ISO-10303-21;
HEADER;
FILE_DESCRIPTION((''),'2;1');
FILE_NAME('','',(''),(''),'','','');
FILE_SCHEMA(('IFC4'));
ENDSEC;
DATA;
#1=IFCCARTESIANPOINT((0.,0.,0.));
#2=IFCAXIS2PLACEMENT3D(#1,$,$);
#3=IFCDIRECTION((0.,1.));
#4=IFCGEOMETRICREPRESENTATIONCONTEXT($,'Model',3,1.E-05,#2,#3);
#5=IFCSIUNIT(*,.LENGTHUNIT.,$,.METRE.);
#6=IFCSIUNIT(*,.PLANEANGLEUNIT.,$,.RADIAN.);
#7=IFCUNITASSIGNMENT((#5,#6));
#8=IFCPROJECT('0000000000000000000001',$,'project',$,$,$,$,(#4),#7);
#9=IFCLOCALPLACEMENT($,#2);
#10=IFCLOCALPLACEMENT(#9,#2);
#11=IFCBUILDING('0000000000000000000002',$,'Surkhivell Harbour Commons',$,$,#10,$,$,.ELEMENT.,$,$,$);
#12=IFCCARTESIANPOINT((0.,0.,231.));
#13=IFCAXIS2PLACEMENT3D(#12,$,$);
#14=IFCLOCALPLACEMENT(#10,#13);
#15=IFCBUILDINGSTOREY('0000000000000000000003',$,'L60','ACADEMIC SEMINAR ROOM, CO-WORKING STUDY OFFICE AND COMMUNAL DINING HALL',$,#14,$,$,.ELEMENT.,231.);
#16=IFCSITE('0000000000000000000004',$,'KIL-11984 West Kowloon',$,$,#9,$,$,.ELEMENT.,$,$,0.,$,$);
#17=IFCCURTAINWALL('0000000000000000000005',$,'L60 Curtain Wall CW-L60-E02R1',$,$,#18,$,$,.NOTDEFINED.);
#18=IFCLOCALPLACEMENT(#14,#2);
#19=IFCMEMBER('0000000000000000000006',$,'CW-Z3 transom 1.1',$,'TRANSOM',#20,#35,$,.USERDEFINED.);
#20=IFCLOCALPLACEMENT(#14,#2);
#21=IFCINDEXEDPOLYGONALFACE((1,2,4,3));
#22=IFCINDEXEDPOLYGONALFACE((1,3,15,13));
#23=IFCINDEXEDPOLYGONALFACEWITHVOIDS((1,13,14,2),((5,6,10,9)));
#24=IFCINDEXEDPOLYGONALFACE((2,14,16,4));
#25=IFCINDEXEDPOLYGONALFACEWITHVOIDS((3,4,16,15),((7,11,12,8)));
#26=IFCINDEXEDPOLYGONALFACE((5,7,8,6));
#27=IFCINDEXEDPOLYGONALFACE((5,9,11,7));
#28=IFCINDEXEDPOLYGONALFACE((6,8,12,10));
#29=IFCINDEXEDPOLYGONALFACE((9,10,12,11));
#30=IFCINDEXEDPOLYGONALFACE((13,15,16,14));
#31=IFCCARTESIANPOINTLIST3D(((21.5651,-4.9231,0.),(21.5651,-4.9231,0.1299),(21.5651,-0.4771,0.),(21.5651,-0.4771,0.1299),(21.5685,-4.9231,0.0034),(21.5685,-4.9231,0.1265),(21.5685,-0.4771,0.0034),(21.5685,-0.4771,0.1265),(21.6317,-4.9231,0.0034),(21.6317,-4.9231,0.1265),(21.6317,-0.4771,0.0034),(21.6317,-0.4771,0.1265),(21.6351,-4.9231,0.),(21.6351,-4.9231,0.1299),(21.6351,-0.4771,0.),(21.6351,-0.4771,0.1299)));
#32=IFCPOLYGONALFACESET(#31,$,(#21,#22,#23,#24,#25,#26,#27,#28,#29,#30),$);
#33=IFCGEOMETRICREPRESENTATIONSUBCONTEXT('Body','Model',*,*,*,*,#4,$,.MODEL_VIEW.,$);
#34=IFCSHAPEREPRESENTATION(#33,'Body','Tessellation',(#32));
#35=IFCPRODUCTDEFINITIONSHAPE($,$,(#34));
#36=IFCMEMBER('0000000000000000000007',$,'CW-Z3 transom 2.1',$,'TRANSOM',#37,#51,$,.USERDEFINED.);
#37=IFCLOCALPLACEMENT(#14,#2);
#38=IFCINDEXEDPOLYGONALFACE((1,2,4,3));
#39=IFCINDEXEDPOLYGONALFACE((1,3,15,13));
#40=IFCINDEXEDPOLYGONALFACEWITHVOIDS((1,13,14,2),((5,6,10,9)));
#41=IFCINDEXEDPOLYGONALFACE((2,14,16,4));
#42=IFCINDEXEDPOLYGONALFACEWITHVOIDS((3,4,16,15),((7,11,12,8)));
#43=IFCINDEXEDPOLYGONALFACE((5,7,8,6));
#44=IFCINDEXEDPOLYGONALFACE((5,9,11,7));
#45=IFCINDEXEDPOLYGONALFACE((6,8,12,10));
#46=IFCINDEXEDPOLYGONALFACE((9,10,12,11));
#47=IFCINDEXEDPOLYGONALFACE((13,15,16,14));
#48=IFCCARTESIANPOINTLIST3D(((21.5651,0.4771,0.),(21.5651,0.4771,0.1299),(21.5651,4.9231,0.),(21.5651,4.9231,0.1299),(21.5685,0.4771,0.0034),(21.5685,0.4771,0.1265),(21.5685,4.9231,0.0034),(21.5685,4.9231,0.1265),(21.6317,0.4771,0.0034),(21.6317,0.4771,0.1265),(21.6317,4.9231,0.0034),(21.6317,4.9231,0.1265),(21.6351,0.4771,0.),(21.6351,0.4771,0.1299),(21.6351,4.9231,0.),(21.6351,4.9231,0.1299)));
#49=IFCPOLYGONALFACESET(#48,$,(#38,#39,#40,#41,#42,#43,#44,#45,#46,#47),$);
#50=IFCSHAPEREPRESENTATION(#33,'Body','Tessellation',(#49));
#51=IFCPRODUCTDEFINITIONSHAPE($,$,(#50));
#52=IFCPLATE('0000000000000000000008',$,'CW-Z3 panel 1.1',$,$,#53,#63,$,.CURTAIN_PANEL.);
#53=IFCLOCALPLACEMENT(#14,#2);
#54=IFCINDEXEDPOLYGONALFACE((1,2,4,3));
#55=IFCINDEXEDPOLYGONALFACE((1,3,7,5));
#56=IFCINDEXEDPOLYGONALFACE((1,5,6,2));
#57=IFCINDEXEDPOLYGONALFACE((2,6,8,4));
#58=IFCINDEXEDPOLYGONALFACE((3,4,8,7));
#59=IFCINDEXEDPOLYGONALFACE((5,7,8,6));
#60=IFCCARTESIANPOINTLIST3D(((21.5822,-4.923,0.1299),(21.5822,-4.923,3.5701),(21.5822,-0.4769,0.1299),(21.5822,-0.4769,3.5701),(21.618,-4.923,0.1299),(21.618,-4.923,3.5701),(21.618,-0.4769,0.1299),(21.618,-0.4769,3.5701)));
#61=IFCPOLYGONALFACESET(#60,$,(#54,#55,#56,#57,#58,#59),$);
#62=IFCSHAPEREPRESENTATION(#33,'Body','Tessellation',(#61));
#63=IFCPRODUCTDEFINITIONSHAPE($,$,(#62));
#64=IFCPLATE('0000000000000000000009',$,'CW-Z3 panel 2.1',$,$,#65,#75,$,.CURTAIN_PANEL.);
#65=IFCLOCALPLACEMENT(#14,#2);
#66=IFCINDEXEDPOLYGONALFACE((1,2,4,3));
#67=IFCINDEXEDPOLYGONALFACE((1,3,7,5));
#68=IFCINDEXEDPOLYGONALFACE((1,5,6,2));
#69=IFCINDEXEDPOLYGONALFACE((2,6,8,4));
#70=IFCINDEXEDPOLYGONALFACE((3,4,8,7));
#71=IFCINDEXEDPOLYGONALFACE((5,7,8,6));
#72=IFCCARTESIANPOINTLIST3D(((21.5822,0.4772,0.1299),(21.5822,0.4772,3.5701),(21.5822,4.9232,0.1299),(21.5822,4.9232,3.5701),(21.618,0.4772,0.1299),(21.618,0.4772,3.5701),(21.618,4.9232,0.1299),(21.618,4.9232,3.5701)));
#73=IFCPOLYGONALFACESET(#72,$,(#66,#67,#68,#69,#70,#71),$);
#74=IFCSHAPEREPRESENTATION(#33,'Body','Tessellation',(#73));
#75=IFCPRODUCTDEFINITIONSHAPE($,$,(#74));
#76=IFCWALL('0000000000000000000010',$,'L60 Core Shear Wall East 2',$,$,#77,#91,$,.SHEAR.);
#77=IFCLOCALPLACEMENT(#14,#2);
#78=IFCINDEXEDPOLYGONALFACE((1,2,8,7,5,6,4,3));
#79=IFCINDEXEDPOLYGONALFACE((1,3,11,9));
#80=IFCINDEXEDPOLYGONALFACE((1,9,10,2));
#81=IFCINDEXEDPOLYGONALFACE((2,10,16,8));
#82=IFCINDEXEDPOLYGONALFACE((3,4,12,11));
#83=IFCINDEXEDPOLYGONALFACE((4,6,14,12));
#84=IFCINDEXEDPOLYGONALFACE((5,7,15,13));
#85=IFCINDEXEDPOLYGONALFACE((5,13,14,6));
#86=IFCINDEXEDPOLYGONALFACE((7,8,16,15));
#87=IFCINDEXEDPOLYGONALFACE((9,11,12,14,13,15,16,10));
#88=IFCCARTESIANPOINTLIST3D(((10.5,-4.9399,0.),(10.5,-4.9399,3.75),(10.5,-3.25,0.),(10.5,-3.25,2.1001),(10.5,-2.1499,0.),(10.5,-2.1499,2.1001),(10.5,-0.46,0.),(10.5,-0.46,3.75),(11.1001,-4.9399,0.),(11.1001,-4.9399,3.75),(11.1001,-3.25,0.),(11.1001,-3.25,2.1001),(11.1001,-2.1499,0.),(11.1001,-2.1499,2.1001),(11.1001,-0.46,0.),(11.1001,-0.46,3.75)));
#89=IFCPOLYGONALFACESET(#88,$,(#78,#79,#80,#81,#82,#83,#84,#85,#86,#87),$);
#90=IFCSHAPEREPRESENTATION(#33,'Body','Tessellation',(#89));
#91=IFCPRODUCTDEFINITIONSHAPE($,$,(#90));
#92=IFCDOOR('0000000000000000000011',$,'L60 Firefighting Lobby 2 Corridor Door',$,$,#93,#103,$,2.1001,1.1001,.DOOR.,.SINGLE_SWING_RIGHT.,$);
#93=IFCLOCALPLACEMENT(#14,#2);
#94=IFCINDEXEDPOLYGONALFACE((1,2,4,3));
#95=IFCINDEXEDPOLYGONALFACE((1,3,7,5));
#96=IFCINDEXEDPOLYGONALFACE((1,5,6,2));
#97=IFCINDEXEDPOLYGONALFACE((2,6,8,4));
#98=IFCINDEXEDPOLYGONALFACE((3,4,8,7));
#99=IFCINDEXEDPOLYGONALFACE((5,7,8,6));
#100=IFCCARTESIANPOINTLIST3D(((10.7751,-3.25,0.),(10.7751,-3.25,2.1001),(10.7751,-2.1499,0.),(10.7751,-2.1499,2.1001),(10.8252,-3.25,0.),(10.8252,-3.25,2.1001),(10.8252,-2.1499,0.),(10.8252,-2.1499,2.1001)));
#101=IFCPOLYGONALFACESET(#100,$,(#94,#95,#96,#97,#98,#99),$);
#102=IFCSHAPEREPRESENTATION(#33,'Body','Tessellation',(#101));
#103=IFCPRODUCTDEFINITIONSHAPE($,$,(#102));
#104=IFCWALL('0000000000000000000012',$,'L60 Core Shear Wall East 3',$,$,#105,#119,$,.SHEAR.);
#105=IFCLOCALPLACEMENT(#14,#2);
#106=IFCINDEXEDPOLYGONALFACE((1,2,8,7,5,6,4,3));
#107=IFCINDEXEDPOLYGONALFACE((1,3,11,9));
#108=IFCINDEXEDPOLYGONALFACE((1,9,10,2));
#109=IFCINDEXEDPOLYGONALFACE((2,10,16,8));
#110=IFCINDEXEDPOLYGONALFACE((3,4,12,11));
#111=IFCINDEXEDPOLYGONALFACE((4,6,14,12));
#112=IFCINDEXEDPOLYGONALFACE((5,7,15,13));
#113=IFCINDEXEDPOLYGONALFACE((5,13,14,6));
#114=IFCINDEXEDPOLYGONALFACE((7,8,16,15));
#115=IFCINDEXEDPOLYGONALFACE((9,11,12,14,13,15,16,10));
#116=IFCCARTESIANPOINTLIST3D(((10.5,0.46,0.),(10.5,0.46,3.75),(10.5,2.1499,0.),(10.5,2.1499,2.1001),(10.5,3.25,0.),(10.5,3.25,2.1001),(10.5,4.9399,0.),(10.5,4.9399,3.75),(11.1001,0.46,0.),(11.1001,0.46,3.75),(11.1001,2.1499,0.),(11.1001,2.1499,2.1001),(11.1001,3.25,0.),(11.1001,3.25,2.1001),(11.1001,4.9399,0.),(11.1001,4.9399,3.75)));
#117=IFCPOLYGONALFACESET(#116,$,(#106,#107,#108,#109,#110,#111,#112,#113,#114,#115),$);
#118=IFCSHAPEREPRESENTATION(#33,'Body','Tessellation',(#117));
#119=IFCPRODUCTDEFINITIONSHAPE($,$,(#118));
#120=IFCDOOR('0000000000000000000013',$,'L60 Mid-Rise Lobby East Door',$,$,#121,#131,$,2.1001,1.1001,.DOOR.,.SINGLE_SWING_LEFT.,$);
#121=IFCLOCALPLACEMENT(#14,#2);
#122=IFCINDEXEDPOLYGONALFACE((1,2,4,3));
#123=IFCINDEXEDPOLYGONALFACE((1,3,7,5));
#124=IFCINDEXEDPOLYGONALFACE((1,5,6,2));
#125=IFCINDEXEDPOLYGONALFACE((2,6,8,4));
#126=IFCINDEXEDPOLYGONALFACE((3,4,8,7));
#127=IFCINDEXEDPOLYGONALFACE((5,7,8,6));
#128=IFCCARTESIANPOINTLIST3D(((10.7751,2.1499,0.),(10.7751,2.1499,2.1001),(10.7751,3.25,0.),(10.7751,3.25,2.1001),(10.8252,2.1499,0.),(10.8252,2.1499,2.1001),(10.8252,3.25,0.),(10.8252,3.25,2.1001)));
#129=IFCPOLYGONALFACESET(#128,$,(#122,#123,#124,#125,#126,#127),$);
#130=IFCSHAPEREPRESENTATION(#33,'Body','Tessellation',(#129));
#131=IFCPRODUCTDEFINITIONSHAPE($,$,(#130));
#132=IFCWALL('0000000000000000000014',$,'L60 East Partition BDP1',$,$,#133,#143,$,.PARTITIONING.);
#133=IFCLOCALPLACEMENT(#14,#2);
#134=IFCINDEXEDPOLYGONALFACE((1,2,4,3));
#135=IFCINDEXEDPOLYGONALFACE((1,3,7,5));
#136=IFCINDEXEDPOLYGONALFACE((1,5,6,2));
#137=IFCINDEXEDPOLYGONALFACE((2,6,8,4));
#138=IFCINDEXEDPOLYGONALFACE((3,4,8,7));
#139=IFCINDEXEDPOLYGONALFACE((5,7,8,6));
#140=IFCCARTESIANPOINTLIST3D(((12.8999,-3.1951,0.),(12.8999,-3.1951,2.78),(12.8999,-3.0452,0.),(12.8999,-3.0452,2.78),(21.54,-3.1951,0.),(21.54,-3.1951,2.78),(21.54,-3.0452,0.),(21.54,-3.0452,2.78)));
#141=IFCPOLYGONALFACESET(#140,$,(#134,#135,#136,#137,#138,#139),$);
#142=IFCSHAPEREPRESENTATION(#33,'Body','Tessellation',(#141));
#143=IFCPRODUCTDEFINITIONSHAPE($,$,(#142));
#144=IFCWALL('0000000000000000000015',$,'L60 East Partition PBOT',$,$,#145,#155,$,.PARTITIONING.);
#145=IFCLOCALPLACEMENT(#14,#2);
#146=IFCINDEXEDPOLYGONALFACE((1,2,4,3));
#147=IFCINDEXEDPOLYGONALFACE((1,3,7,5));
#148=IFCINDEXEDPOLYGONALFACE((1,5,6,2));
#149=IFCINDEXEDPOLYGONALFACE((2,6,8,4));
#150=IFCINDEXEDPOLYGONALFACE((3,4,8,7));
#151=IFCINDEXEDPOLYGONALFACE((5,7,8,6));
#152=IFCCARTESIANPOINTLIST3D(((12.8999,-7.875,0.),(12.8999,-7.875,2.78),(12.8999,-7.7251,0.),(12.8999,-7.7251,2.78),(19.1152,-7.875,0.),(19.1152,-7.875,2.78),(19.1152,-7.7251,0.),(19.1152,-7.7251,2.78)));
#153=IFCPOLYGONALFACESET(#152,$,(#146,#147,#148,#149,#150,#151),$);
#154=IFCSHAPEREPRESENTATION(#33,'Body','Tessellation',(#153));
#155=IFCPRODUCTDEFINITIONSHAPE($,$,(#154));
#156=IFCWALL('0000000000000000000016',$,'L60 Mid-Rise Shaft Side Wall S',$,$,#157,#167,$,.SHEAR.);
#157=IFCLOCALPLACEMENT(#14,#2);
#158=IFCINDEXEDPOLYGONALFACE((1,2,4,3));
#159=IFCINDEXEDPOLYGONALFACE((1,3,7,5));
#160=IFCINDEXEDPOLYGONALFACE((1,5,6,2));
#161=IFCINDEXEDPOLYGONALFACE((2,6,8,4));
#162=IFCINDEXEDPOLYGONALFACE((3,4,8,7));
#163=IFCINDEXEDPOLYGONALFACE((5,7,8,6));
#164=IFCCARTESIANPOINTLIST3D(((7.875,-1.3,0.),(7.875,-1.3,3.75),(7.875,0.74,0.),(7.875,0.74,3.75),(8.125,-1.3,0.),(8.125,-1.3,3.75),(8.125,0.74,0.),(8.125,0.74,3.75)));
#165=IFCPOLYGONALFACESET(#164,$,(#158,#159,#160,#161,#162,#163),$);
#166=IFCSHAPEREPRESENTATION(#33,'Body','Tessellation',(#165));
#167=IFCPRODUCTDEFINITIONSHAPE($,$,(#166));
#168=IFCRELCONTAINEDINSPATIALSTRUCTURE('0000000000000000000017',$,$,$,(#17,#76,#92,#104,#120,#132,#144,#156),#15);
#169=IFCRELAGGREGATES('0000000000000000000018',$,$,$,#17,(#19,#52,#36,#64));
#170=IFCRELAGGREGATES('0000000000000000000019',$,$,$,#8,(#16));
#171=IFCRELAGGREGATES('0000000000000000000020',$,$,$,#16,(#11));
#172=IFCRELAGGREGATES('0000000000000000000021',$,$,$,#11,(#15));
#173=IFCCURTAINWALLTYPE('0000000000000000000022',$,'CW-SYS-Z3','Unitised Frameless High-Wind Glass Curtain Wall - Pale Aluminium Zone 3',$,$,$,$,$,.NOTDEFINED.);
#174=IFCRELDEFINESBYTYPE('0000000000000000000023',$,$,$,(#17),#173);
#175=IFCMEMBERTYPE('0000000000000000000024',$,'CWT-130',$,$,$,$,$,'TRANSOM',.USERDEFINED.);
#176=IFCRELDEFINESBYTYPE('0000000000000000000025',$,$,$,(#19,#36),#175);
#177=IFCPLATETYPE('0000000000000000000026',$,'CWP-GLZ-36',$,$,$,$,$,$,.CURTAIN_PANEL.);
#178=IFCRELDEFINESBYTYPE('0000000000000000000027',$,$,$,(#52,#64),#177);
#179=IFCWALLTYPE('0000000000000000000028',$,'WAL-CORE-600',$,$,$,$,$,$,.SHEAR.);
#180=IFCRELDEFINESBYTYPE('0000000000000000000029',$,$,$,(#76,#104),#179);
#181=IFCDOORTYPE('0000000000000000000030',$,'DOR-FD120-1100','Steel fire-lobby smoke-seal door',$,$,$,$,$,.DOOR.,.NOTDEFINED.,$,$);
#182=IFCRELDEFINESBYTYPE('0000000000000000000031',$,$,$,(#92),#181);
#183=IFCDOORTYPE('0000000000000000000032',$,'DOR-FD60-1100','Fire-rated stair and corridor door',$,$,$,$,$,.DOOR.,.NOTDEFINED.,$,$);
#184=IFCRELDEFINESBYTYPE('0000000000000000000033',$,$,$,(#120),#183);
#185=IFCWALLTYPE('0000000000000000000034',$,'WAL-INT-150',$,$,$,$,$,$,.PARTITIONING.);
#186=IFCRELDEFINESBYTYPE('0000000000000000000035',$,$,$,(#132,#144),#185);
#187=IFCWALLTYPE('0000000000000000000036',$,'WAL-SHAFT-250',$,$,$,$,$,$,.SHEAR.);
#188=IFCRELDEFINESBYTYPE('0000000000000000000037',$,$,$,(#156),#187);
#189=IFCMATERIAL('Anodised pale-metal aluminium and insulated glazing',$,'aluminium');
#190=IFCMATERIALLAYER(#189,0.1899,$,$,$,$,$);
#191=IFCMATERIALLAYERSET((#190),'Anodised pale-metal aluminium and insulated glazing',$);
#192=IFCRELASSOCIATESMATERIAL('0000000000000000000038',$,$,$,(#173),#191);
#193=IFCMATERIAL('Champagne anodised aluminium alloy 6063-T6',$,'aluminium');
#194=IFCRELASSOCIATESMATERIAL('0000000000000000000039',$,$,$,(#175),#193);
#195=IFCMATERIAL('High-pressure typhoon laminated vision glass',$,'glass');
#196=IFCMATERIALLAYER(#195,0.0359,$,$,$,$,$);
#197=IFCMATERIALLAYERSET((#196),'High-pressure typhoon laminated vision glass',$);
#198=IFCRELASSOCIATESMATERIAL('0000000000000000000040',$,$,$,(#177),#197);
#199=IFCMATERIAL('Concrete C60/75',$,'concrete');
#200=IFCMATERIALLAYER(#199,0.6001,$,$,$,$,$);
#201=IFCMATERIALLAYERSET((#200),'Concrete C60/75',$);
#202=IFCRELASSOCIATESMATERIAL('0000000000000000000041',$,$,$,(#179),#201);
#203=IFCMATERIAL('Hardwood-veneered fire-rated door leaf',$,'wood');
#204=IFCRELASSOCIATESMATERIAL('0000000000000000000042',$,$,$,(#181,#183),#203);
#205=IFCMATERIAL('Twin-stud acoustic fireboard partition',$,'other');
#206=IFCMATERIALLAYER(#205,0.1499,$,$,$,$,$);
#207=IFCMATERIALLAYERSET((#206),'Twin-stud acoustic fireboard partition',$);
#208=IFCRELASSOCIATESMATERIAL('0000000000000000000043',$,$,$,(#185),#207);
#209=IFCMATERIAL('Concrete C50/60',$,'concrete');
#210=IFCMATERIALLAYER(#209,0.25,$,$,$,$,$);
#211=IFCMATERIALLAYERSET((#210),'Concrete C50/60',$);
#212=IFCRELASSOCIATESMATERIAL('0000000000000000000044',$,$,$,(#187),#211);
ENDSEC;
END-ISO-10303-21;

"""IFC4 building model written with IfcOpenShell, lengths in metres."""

from ifc_helpers import new_model, si_unit, direction, frame, frame_2d, origin, origin_2d, place, context, subcontext, project, spatial, rectangle, hollow_rectangle, extrude, material, layer, layer_set, material_profile, profile_set, type_object, element, fill, aggregate, save


model = new_model("IFC4")

# Units and contexts
model_context = context("Model", 3, precision=1e-05, world=origin(), true_north=direction((0.0, 1.0)))
body_context = subcontext(model_context, "Body", "Model", "MODEL_VIEW")
ifc_project = project(units=[si_unit("LENGTHUNIT", "METRE"), si_unit("PLANEANGLEUNIT", "RADIAN")], contexts=[model_context])

# Site, building, storey
site_placement = place(None, origin())
site = spatial("IfcSite", under=ifc_project, at=site_placement, Name="KIL-11984 West Kowloon", CompositionType="ELEMENT", RefElevation=0.0)
building_placement = place(site_placement, origin())
building = spatial("IfcBuilding", under=site, at=building_placement, Name="Surkhivell Harbour Commons", CompositionType="ELEMENT")
storey_placement = place(building_placement, frame((0.0, 0.0, 231.0)))
storey = spatial("IfcBuildingStorey", under=building, at=storey_placement, Name="L60", Description="ACADEMIC SEMINAR ROOM, CO-WORKING STUDY OFFICE AND COMMUNAL DINING HALL", CompositionType="ELEMENT", Elevation=231.0)

# Shared definitions
ifc_material_1 = material(Name="Concrete C60/75", Category="concrete")
ifc_material_2 = material(Name="Concrete C50/60", Category="concrete")

# Shared definitions
ifc_material_3 = material(Name="Anodised pale-metal aluminium and insulated glazing", Category="aluminium")
ifc_layer_1 = layer(ifc_material_3, 0.1899)
ifc_layer_set_1 = layer_set([ifc_layer_1], Name="Anodised pale-metal aluminium and insulated glazing")
curtain_wall_type = type_object("IfcCurtainWallType", Name="CW-SYS-Z3", Description="Unitised Frameless High-Wind Glass Curtain Wall - Pale Aluminium Zone 3", PredefinedType="NOTDEFINED", material=ifc_layer_set_1)

# Curtain wall, members, plates
curtain_wall_1_placement = place(storey_placement, origin())
curtain_wall_1 = element("IfcCurtainWall", 1, at=curtain_wall_1_placement, inside=storey, type_object=curtain_wall_type, Name="L60 Curtain Wall CW-L60-E02R1", PredefinedType="NOTDEFINED")
ifc_material_4 = material(Name="Champagne anodised aluminium alloy 6063-T6", Category="aluminium")
ifc_material_profile_1 = material_profile(ifc_material_4, hollow_rectangle(XDim=0.0701, YDim=0.1299, WallThickness=0.0034, at=origin_2d()), Name="ALU-TRAN-70x130")
ifc_profile_set_1 = profile_set([ifc_material_profile_1], Name="Champagne anodised aluminium alloy 6063-T6")
member_type_1 = type_object("IfcMemberType", Name="CWT-130", ElementType="TRANSOM", PredefinedType="USERDEFINED", material=ifc_profile_set_1)
member_1_placement = place(storey_placement, frame((21.6001, -4.9231, 0.0649), z_axis=(0.0, 1.0, 0.0), x_axis=(-1.0, 0.0, 0.0)))
member_1 = element("IfcMember", 2, at=member_1_placement, type_object=member_type_1, Name="CW-Z3 transom 1.1", ObjectType="TRANSOM", PredefinedType="USERDEFINED", context=body_context, shape_type="SweptSolid", body=[
    extrude(hollow_rectangle(XDim=0.0701, YDim=0.1299, WallThickness=0.0034, at=origin_2d()), origin(), (0.0, 0.0, 1.0), 4.446),
])
member_2_placement = place(storey_placement, frame((21.6001, 0.4771, 0.0649), z_axis=(0.0, 1.0, 0.0), x_axis=(-1.0, 0.0, 0.0)))
member_2 = element("IfcMember", 3, at=member_2_placement, type_object=member_type_1, Name="CW-Z3 transom 2.1", ObjectType="TRANSOM", PredefinedType="USERDEFINED", context=body_context, shape_type="SweptSolid", body=[
    extrude(hollow_rectangle(XDim=0.0701, YDim=0.1299, WallThickness=0.0034, at=origin_2d()), origin(), (0.0, 0.0, 1.0), 4.446),
])
ifc_material_5 = material(Name="High-pressure typhoon laminated vision glass", Category="glass")
ifc_layer_2 = layer(ifc_material_5, 0.0359)
ifc_layer_set_2 = layer_set([ifc_layer_2], Name="High-pressure typhoon laminated vision glass")
plate_type = type_object("IfcPlateType", Name="CWP-GLZ-36", PredefinedType="CURTAIN_PANEL", material=ifc_layer_set_2)
plate_1_placement = place(storey_placement, frame((21.6001, -4.9231, 0.1299), z_axis=(0.0, 0.0, 1.0), x_axis=(0.0, 1.0, 0.0)))
plate_1 = element("IfcPlate", 4, at=plate_1_placement, type_object=plate_type, Name="CW-Z3 panel 1.1", PredefinedType="CURTAIN_PANEL", context=body_context, shape_type="SweptSolid", body=[
    extrude(rectangle(XDim=4.446, YDim=0.0359, at=frame_2d((2.2231, 0.0))), origin(), (0.0, 0.0, 1.0), 3.4402),
])
plate_2_placement = place(storey_placement, frame((21.6001, 0.4771, 0.1299), z_axis=(0.0, 0.0, 1.0), x_axis=(0.0, 1.0, 0.0)))
plate_2 = element("IfcPlate", 5, at=plate_2_placement, type_object=plate_type, Name="CW-Z3 panel 2.1", PredefinedType="CURTAIN_PANEL", context=body_context, shape_type="SweptSolid", body=[
    extrude(rectangle(XDim=4.446, YDim=0.0359, at=frame_2d((2.2231, 0.0))), origin(), (0.0, 0.0, 1.0), 3.4402),
])
aggregate(curtain_wall_1, [member_1, plate_1, member_2, plate_2])

# Walls, openings, doors
ifc_layer_3 = layer(ifc_material_1, 0.6001)
ifc_layer_set_3 = layer_set([ifc_layer_3], Name="Concrete C60/75")
wall_type_1 = type_object("IfcWallType", Name="WAL-CORE-600", PredefinedType="SHEAR", material=ifc_layer_set_3)
wall_1_placement = place(storey_placement, frame((10.8, -4.9399, 0.0), z_axis=(0.0, 0.0, 1.0), x_axis=(0.0, 1.0, 0.0)))
wall_1 = element("IfcWall", 6, at=wall_1_placement, inside=storey, type_object=wall_type_1, Name="L60 Core Shear Wall East 2", PredefinedType="SHEAR", context=body_context, shape_type="SweptSolid", body=[
    extrude(rectangle(XDim=4.48, YDim=0.6001, at=frame_2d((2.24, 0.0))), origin(), (0.0, 0.0, 1.0), 3.75),
])
opening_1_placement = place(wall_1_placement, frame((1.6899, 0.0, 0.0)))
opening_1 = element("IfcOpeningElement", 7, at=opening_1_placement, cuts=wall_1, PredefinedType="OPENING", context=body_context, shape_type="SweptSolid", body=[
    extrude(rectangle(XDim=1.1001, YDim=2.1001, at=frame_2d((0.55, 1.05))), frame((0.0, 0.3101, 0.0), z_axis=(0.0, -1.0, 0.0), x_axis=(1.0, 0.0, 0.0)), (0.0, 0.0, 1.0), 0.6201),
])
ifc_material_6 = material(Name="Hardwood-veneered fire-rated door leaf", Category="wood")
door_type_1 = type_object("IfcDoorType", Name="DOR-FD120-1100", Description="Steel fire-lobby smoke-seal door", OperationType="NOTDEFINED", PredefinedType="DOOR", material=ifc_material_6)
door_1_placement = place(opening_1_placement, origin())
door_1 = element("IfcDoor", 8, at=door_1_placement, inside=storey, type_object=door_type_1, Name="L60 Firefighting Lobby 2 Corridor Door", OperationType="SINGLE_SWING_RIGHT", OverallHeight=2.1001, OverallWidth=1.1001, PredefinedType="DOOR", context=body_context, shape_type="SweptSolid", body=[
    extrude(rectangle(XDim=1.1001, YDim=2.1001, at=frame_2d((0.55, 1.05))), frame((0.0, 0.0249, 0.0), z_axis=(0.0, -1.0, 0.0), x_axis=(1.0, 0.0, 0.0)), (0.0, 0.0, 1.0), 0.05),
])
fill(opening_1, door_1)
wall_2_placement = place(storey_placement, frame((10.8, 0.46, 0.0), z_axis=(0.0, 0.0, 1.0), x_axis=(0.0, 1.0, 0.0)))
wall_2 = element("IfcWall", 9, at=wall_2_placement, inside=storey, type_object=wall_type_1, Name="L60 Core Shear Wall East 3", PredefinedType="SHEAR", context=body_context, shape_type="SweptSolid", body=[
    extrude(rectangle(XDim=4.48, YDim=0.6001, at=frame_2d((2.24, 0.0))), origin(), (0.0, 0.0, 1.0), 3.75),
])
opening_2_placement = place(wall_2_placement, frame((1.6899, 0.0, 0.0)))
opening_2 = element("IfcOpeningElement", 10, at=opening_2_placement, cuts=wall_2, PredefinedType="OPENING", context=body_context, shape_type="SweptSolid", body=[
    extrude(rectangle(XDim=1.1001, YDim=2.1001, at=frame_2d((0.55, 1.05))), frame((0.0, 0.3101, 0.0), z_axis=(0.0, -1.0, 0.0), x_axis=(1.0, 0.0, 0.0)), (0.0, 0.0, 1.0), 0.6201),
])
door_type_2 = type_object("IfcDoorType", Name="DOR-FD60-1100", Description="Fire-rated stair and corridor door", OperationType="NOTDEFINED", PredefinedType="DOOR", material=ifc_material_6)
door_2_placement = place(opening_2_placement, origin())
door_2 = element("IfcDoor", 11, at=door_2_placement, inside=storey, type_object=door_type_2, Name="L60 Mid-Rise Lobby East Door", OperationType="SINGLE_SWING_LEFT", OverallHeight=2.1001, OverallWidth=1.1001, PredefinedType="DOOR", context=body_context, shape_type="SweptSolid", body=[
    extrude(rectangle(XDim=1.1001, YDim=2.1001, at=frame_2d((0.55, 1.05))), frame((0.0, 0.0249, 0.0), z_axis=(0.0, -1.0, 0.0), x_axis=(1.0, 0.0, 0.0)), (0.0, 0.0, 1.0), 0.05),
])
fill(opening_2, door_2)

# Walls
ifc_material_7 = material(Name="Twin-stud acoustic fireboard partition", Category="other")
ifc_layer_4 = layer(ifc_material_7, 0.1499)
ifc_layer_set_4 = layer_set([ifc_layer_4], Name="Twin-stud acoustic fireboard partition")
wall_type_2 = type_object("IfcWallType", Name="WAL-INT-150", PredefinedType="PARTITIONING", material=ifc_layer_set_4)
wall_3_placement = place(storey_placement, frame((12.8999, -3.1201, 0.0), z_axis=(0.0, 0.0, 1.0), x_axis=(1.0, 0.0, 0.0)))
element("IfcWall", 12, at=wall_3_placement, inside=storey, type_object=wall_type_2, Name="L60 East Partition BDP1", PredefinedType="PARTITIONING", context=body_context, shape_type="SweptSolid", body=[
    extrude(rectangle(XDim=8.6401, YDim=0.1499, at=frame_2d((4.3201, 0.0))), origin(), (0.0, 0.0, 1.0), 2.78),
])
wall_4_placement = place(storey_placement, frame((12.8999, -7.8, 0.0), z_axis=(0.0, 0.0, 1.0), x_axis=(1.0, 0.0, 0.0)))
element("IfcWall", 13, at=wall_4_placement, inside=storey, type_object=wall_type_2, Name="L60 East Partition PBOT", PredefinedType="PARTITIONING", context=body_context, shape_type="SweptSolid", body=[
    extrude(rectangle(XDim=6.2153, YDim=0.1499, at=frame_2d((3.1077, 0.0))), origin(), (0.0, 0.0, 1.0), 2.78),
])
ifc_layer_5 = layer(ifc_material_2, 0.25)
ifc_layer_set_5 = layer_set([ifc_layer_5], Name="Concrete C50/60")
wall_type_3 = type_object("IfcWallType", Name="WAL-SHAFT-250", PredefinedType="SHEAR", material=ifc_layer_set_5)
wall_5_placement = place(storey_placement, frame((8.0, -1.3, 0.0), z_axis=(0.0, 0.0, 1.0), x_axis=(0.0, 1.0, 0.0)))
element("IfcWall", 14, at=wall_5_placement, inside=storey, type_object=wall_type_3, Name="L60 Mid-Rise Shaft Side Wall S", PredefinedType="SHEAR", context=body_context, shape_type="SweptSolid", body=[
    extrude(rectangle(XDim=2.04, YDim=0.25, at=frame_2d((1.02, 0.0))), origin(), (0.0, 0.0, 1.0), 3.75),
])

save(model, "model.ifc")
